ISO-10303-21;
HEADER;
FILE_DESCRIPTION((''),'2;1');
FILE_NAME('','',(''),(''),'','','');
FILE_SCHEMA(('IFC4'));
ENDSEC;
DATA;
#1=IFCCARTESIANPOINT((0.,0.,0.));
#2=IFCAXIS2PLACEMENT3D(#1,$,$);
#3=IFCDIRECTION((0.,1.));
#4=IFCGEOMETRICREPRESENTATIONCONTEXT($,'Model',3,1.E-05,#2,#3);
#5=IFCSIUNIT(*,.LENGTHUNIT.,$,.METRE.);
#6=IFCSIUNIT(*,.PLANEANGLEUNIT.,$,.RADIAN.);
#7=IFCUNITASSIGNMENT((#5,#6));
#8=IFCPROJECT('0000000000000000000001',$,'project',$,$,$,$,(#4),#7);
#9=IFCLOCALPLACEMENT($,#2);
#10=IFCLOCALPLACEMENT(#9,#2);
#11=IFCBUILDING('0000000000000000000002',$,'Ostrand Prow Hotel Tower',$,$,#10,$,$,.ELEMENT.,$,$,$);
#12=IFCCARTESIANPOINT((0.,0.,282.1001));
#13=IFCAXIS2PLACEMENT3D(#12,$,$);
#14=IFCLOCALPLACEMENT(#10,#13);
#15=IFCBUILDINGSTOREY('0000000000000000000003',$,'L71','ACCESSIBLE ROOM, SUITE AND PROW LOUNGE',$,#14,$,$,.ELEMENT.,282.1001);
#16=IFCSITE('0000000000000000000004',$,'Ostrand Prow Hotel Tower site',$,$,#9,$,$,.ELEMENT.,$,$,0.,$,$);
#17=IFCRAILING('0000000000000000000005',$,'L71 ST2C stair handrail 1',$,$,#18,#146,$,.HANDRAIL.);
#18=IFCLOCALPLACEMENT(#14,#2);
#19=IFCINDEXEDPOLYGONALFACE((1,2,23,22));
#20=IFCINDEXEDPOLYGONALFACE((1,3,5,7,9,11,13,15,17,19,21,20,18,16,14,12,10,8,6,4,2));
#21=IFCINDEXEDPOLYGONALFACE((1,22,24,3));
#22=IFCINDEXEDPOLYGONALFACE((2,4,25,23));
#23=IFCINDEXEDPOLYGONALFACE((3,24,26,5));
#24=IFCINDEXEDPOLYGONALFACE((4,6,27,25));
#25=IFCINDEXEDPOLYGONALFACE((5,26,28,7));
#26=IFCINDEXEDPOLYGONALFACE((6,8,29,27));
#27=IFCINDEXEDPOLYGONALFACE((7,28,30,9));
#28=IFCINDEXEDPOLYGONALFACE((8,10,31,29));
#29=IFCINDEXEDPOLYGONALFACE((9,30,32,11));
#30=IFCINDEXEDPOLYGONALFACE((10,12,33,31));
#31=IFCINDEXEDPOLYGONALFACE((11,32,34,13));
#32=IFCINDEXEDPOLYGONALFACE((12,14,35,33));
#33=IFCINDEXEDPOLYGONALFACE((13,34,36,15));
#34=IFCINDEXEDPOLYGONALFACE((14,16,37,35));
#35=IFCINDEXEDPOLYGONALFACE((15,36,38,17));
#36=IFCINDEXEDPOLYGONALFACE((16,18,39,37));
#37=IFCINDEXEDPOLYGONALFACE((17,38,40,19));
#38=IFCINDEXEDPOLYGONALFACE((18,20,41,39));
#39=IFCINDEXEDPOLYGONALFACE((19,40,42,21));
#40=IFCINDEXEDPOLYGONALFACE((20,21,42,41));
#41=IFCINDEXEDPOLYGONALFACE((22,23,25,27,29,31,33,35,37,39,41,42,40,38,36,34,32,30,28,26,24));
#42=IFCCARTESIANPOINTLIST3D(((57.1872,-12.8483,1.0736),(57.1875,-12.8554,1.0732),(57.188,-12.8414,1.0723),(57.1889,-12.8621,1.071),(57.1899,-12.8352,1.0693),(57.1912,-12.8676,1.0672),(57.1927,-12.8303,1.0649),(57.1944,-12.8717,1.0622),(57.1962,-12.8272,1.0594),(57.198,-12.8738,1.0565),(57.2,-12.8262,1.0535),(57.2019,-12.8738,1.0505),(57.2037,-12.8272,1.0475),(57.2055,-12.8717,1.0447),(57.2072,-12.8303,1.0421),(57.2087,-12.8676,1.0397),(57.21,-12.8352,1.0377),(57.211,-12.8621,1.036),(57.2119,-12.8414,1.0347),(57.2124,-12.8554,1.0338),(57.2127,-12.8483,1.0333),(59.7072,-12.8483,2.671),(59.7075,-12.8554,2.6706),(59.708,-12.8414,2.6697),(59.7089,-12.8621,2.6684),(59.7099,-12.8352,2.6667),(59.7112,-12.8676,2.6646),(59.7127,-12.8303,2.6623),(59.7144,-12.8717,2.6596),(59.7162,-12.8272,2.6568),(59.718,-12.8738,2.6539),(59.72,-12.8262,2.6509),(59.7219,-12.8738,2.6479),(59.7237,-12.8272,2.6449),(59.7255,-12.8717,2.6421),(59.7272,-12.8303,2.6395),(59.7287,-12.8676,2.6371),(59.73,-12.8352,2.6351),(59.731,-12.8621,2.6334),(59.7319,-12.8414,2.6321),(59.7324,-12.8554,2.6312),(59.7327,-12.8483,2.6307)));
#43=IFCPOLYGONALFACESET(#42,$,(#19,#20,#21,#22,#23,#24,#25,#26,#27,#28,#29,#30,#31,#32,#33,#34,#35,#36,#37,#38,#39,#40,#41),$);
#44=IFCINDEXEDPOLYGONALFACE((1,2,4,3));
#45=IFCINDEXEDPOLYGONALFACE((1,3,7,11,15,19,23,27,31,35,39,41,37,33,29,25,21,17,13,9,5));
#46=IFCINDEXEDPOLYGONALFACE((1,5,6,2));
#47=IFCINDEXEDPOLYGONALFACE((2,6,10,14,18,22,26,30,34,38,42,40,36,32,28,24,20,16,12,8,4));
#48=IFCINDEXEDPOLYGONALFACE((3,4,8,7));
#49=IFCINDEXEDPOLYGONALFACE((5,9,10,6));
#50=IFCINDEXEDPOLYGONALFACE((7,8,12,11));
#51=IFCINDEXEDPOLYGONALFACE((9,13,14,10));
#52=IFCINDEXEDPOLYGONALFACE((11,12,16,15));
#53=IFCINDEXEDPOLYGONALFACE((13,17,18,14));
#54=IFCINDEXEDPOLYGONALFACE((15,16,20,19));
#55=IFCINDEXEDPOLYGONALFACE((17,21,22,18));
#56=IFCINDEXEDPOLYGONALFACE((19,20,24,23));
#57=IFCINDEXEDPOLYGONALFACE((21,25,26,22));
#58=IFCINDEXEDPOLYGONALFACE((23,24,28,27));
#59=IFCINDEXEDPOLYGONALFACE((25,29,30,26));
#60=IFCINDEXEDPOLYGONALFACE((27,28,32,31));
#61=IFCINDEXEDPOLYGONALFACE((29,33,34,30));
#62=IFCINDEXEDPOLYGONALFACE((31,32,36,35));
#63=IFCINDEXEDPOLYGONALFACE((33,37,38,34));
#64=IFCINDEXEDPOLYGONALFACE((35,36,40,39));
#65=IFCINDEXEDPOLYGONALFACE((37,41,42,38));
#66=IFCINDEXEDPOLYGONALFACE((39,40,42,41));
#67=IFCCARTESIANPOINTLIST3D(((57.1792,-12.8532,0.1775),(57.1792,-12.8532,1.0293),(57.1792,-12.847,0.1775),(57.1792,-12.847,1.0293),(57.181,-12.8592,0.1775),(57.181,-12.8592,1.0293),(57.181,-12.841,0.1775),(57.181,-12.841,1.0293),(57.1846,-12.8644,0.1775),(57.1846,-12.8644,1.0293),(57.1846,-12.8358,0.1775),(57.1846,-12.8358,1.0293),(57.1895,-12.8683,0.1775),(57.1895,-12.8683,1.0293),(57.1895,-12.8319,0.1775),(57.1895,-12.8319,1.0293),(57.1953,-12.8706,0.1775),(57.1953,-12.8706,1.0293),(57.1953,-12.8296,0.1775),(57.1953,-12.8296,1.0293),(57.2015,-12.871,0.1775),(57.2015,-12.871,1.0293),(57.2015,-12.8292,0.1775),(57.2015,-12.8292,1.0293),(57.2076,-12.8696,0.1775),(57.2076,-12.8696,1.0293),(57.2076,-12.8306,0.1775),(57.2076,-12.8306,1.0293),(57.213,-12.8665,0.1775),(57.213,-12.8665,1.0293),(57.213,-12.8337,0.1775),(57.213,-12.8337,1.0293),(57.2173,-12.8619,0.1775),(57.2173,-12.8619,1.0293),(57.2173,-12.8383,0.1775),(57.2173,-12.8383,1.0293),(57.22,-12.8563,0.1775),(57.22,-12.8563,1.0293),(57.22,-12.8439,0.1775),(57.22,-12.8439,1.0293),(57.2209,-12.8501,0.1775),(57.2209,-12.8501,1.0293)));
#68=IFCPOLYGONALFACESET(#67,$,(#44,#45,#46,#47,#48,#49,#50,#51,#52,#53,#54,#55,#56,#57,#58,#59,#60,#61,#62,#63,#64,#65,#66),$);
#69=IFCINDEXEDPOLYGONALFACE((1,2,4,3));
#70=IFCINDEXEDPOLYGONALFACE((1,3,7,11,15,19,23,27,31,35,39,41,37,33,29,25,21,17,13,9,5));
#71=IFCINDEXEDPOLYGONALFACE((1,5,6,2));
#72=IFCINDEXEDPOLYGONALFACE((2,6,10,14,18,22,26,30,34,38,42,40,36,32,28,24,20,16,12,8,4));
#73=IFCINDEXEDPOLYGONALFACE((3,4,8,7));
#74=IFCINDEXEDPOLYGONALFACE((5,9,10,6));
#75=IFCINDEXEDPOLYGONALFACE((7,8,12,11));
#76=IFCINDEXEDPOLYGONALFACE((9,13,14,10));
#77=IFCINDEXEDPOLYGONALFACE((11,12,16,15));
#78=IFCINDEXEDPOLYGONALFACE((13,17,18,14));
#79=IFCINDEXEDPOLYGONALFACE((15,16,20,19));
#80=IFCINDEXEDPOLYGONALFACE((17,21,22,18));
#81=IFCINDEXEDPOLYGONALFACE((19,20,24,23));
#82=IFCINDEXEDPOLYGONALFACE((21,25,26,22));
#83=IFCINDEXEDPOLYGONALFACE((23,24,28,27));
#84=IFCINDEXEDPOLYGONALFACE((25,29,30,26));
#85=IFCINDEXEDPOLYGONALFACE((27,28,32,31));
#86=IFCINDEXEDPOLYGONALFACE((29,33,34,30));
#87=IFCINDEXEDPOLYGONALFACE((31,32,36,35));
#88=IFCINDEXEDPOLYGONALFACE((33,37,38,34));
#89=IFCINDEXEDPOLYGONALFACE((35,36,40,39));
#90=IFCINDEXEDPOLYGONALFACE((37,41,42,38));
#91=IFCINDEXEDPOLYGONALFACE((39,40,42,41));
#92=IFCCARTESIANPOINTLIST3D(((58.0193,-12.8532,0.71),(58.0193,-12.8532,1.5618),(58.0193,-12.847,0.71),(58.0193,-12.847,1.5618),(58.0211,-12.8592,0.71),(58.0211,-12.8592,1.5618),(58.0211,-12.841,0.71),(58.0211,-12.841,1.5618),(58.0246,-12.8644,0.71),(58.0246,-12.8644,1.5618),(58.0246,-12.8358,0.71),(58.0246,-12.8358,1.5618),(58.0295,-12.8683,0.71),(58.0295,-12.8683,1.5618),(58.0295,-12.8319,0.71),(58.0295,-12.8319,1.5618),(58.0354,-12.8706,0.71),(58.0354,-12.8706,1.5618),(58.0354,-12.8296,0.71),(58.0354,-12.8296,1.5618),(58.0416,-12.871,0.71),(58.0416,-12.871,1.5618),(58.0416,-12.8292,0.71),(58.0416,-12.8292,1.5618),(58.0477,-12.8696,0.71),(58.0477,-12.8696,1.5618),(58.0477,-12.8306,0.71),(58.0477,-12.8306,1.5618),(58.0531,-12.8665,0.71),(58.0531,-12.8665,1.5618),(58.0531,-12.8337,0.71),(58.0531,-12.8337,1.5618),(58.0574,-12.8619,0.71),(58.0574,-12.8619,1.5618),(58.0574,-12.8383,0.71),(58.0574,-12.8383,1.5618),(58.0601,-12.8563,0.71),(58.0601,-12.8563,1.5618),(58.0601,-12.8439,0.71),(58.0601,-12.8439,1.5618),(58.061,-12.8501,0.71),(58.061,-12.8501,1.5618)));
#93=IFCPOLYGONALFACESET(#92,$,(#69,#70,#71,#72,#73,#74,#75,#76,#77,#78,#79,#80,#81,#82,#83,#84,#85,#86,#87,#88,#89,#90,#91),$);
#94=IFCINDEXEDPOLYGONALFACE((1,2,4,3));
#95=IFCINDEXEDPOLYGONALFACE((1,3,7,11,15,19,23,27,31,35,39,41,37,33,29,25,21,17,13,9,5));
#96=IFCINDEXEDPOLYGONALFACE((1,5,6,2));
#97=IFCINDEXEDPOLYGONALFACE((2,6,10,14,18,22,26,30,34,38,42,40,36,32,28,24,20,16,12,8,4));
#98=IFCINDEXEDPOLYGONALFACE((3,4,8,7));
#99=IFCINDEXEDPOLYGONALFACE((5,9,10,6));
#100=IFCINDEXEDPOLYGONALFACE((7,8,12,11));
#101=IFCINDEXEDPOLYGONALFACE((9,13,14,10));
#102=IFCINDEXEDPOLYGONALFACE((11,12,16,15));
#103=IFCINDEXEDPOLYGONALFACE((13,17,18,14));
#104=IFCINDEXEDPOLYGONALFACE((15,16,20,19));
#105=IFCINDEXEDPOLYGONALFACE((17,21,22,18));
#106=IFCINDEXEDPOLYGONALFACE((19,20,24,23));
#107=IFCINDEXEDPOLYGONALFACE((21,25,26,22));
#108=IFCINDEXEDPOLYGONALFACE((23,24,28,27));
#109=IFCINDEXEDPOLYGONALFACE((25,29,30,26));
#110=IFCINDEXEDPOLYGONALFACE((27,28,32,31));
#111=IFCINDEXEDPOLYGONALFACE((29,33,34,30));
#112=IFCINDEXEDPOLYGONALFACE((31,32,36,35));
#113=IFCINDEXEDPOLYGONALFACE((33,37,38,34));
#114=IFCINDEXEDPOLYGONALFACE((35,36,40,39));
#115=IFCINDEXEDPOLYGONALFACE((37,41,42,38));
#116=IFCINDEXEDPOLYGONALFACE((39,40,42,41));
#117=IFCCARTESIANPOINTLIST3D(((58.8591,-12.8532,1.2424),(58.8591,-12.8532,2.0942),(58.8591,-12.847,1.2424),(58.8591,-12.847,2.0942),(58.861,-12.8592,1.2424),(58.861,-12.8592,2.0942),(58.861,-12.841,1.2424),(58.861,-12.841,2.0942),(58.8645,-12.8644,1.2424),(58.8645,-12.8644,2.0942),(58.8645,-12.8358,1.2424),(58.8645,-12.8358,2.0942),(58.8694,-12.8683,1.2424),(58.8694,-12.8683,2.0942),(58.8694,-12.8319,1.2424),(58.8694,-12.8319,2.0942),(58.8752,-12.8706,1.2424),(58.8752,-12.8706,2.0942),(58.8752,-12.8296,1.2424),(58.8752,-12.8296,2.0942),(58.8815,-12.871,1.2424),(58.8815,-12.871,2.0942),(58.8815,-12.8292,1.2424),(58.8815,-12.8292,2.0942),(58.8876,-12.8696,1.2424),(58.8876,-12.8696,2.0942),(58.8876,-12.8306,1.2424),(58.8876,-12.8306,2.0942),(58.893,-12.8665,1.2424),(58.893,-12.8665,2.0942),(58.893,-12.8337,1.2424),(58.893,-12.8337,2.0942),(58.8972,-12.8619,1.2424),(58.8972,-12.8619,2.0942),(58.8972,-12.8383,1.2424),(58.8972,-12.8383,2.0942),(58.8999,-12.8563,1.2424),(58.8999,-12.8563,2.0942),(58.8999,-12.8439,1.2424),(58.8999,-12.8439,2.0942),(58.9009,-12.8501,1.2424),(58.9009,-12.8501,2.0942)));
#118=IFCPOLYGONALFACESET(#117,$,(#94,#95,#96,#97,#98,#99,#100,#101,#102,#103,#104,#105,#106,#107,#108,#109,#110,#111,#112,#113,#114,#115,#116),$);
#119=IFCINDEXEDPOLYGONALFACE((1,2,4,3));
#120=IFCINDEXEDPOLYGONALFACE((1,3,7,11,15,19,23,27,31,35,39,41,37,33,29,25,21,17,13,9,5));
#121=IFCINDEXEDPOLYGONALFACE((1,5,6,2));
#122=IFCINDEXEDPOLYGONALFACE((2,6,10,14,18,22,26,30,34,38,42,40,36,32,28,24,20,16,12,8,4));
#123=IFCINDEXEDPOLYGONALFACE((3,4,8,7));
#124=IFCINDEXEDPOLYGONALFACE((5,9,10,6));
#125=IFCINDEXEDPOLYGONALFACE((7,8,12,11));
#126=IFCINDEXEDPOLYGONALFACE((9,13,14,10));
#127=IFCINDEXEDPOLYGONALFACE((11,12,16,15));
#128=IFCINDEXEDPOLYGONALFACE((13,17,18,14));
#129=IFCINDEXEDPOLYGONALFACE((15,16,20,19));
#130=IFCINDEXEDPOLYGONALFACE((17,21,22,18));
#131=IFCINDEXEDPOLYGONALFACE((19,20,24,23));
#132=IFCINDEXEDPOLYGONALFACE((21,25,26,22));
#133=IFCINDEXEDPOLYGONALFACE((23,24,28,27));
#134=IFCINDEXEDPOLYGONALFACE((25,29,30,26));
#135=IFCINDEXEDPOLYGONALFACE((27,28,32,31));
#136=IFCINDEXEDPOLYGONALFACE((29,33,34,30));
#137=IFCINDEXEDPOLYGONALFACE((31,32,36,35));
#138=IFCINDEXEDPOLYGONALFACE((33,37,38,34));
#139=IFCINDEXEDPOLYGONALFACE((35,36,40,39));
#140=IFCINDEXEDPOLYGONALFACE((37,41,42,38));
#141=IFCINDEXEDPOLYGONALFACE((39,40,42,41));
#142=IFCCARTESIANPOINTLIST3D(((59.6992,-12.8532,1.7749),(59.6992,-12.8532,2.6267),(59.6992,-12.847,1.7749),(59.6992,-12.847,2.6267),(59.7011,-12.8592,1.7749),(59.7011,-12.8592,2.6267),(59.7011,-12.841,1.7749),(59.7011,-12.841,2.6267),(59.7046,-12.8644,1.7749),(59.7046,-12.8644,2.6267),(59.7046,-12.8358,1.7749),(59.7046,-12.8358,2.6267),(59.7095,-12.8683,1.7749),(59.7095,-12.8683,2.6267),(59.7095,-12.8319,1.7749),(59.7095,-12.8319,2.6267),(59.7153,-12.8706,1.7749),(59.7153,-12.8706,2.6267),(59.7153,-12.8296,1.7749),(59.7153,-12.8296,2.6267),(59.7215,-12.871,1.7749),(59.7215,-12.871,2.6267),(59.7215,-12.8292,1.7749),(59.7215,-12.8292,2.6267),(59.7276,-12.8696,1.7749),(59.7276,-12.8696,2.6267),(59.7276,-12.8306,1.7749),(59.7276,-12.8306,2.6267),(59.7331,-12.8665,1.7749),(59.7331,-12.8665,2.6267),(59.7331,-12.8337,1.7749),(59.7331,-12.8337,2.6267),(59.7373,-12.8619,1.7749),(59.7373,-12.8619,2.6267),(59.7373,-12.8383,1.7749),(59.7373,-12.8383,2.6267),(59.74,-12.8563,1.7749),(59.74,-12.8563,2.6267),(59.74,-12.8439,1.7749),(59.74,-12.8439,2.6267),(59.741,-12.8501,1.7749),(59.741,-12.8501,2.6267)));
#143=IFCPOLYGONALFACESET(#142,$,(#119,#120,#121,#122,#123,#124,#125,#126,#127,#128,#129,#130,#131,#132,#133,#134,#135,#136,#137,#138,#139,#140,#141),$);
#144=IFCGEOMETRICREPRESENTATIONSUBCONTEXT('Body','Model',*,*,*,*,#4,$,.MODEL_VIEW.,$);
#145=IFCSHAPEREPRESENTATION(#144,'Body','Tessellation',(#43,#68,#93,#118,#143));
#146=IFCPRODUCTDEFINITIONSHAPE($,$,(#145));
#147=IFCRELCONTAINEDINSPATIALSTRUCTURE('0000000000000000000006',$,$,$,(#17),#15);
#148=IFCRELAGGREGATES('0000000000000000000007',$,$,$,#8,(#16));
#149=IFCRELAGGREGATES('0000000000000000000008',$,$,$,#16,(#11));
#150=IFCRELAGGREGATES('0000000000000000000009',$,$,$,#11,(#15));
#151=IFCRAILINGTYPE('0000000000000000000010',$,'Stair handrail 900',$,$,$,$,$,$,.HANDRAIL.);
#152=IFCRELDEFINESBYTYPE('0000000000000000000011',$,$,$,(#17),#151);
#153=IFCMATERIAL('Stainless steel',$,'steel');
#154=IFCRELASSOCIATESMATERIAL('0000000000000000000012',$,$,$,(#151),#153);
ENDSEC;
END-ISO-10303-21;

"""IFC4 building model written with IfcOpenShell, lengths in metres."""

from ifc_helpers import new_model, si_unit, direction, frame, origin, origin_2d, place, context, subcontext, project, spatial, circle, extrude, material, type_object, element, save


model = new_model("IFC4")

# Units and contexts
model_context = context("Model", 3, precision=1e-05, world=origin(), true_north=direction((0.0, 1.0)))
body_context = subcontext(model_context, "Body", "Model", "MODEL_VIEW")
ifc_project = project(units=[si_unit("LENGTHUNIT", "METRE"), si_unit("PLANEANGLEUNIT", "RADIAN")], contexts=[model_context])

# Site, building, storey
site_placement = place(None, origin())
site = spatial("IfcSite", under=ifc_project, at=site_placement, Name="Ostrand Prow Hotel Tower site", CompositionType="ELEMENT", RefElevation=0.0)
building_placement = place(site_placement, origin())
building = spatial("IfcBuilding", under=site, at=building_placement, Name="Ostrand Prow Hotel Tower", CompositionType="ELEMENT")
storey_placement = place(building_placement, frame((0.0, 0.0, 282.1001)))
storey = spatial("IfcBuildingStorey", under=building, at=storey_placement, Name="L71", Description="ACCESSIBLE ROOM, SUITE AND PROW LOUNGE", CompositionType="ELEMENT", Elevation=282.1001)

# Railing
ifc_material_1 = material(Name="Stainless steel", Category="steel")
railing_type_1 = type_object("IfcRailingType", Name="Stair handrail 900", PredefinedType="HANDRAIL", material=ifc_material_1)
railing_1_placement = place(storey_placement, frame((57.2, -12.8501, 0.1775)))
element("IfcRailing", 1, at=railing_1_placement, inside=storey, type_object=railing_type_1, Name="L71 ST2C stair handrail 1", PredefinedType="HANDRAIL", context=body_context, shape_type="SweptSolid", body=[
    extrude(circle(Radius=0.0239, at=origin_2d()), frame((0.0, 0.0, 0.876), z_axis=(0.844607, 0.0, 0.535387), x_axis=(0.0, 1.0, 0.0)), (0.0, 0.0, 1.0), 2.9836),
    extrude(circle(Radius=0.021, at=origin_2d()), origin(), (0.0, 0.0, 1.0), 0.8518),
    extrude(circle(Radius=0.021, at=origin_2d()), frame((0.8401, 0.0, 0.5325)), (0.0, 0.0, 1.0), 0.8518),
    extrude(circle(Radius=0.021, at=origin_2d()), frame((1.6799, 0.0, 1.0649)), (0.0, 0.0, 1.0), 0.8518),
    extrude(circle(Radius=0.021, at=origin_2d()), frame((2.52, 0.0, 1.5974)), (0.0, 0.0, 1.0), 0.8518),
])

save(model, "model.ifc")
